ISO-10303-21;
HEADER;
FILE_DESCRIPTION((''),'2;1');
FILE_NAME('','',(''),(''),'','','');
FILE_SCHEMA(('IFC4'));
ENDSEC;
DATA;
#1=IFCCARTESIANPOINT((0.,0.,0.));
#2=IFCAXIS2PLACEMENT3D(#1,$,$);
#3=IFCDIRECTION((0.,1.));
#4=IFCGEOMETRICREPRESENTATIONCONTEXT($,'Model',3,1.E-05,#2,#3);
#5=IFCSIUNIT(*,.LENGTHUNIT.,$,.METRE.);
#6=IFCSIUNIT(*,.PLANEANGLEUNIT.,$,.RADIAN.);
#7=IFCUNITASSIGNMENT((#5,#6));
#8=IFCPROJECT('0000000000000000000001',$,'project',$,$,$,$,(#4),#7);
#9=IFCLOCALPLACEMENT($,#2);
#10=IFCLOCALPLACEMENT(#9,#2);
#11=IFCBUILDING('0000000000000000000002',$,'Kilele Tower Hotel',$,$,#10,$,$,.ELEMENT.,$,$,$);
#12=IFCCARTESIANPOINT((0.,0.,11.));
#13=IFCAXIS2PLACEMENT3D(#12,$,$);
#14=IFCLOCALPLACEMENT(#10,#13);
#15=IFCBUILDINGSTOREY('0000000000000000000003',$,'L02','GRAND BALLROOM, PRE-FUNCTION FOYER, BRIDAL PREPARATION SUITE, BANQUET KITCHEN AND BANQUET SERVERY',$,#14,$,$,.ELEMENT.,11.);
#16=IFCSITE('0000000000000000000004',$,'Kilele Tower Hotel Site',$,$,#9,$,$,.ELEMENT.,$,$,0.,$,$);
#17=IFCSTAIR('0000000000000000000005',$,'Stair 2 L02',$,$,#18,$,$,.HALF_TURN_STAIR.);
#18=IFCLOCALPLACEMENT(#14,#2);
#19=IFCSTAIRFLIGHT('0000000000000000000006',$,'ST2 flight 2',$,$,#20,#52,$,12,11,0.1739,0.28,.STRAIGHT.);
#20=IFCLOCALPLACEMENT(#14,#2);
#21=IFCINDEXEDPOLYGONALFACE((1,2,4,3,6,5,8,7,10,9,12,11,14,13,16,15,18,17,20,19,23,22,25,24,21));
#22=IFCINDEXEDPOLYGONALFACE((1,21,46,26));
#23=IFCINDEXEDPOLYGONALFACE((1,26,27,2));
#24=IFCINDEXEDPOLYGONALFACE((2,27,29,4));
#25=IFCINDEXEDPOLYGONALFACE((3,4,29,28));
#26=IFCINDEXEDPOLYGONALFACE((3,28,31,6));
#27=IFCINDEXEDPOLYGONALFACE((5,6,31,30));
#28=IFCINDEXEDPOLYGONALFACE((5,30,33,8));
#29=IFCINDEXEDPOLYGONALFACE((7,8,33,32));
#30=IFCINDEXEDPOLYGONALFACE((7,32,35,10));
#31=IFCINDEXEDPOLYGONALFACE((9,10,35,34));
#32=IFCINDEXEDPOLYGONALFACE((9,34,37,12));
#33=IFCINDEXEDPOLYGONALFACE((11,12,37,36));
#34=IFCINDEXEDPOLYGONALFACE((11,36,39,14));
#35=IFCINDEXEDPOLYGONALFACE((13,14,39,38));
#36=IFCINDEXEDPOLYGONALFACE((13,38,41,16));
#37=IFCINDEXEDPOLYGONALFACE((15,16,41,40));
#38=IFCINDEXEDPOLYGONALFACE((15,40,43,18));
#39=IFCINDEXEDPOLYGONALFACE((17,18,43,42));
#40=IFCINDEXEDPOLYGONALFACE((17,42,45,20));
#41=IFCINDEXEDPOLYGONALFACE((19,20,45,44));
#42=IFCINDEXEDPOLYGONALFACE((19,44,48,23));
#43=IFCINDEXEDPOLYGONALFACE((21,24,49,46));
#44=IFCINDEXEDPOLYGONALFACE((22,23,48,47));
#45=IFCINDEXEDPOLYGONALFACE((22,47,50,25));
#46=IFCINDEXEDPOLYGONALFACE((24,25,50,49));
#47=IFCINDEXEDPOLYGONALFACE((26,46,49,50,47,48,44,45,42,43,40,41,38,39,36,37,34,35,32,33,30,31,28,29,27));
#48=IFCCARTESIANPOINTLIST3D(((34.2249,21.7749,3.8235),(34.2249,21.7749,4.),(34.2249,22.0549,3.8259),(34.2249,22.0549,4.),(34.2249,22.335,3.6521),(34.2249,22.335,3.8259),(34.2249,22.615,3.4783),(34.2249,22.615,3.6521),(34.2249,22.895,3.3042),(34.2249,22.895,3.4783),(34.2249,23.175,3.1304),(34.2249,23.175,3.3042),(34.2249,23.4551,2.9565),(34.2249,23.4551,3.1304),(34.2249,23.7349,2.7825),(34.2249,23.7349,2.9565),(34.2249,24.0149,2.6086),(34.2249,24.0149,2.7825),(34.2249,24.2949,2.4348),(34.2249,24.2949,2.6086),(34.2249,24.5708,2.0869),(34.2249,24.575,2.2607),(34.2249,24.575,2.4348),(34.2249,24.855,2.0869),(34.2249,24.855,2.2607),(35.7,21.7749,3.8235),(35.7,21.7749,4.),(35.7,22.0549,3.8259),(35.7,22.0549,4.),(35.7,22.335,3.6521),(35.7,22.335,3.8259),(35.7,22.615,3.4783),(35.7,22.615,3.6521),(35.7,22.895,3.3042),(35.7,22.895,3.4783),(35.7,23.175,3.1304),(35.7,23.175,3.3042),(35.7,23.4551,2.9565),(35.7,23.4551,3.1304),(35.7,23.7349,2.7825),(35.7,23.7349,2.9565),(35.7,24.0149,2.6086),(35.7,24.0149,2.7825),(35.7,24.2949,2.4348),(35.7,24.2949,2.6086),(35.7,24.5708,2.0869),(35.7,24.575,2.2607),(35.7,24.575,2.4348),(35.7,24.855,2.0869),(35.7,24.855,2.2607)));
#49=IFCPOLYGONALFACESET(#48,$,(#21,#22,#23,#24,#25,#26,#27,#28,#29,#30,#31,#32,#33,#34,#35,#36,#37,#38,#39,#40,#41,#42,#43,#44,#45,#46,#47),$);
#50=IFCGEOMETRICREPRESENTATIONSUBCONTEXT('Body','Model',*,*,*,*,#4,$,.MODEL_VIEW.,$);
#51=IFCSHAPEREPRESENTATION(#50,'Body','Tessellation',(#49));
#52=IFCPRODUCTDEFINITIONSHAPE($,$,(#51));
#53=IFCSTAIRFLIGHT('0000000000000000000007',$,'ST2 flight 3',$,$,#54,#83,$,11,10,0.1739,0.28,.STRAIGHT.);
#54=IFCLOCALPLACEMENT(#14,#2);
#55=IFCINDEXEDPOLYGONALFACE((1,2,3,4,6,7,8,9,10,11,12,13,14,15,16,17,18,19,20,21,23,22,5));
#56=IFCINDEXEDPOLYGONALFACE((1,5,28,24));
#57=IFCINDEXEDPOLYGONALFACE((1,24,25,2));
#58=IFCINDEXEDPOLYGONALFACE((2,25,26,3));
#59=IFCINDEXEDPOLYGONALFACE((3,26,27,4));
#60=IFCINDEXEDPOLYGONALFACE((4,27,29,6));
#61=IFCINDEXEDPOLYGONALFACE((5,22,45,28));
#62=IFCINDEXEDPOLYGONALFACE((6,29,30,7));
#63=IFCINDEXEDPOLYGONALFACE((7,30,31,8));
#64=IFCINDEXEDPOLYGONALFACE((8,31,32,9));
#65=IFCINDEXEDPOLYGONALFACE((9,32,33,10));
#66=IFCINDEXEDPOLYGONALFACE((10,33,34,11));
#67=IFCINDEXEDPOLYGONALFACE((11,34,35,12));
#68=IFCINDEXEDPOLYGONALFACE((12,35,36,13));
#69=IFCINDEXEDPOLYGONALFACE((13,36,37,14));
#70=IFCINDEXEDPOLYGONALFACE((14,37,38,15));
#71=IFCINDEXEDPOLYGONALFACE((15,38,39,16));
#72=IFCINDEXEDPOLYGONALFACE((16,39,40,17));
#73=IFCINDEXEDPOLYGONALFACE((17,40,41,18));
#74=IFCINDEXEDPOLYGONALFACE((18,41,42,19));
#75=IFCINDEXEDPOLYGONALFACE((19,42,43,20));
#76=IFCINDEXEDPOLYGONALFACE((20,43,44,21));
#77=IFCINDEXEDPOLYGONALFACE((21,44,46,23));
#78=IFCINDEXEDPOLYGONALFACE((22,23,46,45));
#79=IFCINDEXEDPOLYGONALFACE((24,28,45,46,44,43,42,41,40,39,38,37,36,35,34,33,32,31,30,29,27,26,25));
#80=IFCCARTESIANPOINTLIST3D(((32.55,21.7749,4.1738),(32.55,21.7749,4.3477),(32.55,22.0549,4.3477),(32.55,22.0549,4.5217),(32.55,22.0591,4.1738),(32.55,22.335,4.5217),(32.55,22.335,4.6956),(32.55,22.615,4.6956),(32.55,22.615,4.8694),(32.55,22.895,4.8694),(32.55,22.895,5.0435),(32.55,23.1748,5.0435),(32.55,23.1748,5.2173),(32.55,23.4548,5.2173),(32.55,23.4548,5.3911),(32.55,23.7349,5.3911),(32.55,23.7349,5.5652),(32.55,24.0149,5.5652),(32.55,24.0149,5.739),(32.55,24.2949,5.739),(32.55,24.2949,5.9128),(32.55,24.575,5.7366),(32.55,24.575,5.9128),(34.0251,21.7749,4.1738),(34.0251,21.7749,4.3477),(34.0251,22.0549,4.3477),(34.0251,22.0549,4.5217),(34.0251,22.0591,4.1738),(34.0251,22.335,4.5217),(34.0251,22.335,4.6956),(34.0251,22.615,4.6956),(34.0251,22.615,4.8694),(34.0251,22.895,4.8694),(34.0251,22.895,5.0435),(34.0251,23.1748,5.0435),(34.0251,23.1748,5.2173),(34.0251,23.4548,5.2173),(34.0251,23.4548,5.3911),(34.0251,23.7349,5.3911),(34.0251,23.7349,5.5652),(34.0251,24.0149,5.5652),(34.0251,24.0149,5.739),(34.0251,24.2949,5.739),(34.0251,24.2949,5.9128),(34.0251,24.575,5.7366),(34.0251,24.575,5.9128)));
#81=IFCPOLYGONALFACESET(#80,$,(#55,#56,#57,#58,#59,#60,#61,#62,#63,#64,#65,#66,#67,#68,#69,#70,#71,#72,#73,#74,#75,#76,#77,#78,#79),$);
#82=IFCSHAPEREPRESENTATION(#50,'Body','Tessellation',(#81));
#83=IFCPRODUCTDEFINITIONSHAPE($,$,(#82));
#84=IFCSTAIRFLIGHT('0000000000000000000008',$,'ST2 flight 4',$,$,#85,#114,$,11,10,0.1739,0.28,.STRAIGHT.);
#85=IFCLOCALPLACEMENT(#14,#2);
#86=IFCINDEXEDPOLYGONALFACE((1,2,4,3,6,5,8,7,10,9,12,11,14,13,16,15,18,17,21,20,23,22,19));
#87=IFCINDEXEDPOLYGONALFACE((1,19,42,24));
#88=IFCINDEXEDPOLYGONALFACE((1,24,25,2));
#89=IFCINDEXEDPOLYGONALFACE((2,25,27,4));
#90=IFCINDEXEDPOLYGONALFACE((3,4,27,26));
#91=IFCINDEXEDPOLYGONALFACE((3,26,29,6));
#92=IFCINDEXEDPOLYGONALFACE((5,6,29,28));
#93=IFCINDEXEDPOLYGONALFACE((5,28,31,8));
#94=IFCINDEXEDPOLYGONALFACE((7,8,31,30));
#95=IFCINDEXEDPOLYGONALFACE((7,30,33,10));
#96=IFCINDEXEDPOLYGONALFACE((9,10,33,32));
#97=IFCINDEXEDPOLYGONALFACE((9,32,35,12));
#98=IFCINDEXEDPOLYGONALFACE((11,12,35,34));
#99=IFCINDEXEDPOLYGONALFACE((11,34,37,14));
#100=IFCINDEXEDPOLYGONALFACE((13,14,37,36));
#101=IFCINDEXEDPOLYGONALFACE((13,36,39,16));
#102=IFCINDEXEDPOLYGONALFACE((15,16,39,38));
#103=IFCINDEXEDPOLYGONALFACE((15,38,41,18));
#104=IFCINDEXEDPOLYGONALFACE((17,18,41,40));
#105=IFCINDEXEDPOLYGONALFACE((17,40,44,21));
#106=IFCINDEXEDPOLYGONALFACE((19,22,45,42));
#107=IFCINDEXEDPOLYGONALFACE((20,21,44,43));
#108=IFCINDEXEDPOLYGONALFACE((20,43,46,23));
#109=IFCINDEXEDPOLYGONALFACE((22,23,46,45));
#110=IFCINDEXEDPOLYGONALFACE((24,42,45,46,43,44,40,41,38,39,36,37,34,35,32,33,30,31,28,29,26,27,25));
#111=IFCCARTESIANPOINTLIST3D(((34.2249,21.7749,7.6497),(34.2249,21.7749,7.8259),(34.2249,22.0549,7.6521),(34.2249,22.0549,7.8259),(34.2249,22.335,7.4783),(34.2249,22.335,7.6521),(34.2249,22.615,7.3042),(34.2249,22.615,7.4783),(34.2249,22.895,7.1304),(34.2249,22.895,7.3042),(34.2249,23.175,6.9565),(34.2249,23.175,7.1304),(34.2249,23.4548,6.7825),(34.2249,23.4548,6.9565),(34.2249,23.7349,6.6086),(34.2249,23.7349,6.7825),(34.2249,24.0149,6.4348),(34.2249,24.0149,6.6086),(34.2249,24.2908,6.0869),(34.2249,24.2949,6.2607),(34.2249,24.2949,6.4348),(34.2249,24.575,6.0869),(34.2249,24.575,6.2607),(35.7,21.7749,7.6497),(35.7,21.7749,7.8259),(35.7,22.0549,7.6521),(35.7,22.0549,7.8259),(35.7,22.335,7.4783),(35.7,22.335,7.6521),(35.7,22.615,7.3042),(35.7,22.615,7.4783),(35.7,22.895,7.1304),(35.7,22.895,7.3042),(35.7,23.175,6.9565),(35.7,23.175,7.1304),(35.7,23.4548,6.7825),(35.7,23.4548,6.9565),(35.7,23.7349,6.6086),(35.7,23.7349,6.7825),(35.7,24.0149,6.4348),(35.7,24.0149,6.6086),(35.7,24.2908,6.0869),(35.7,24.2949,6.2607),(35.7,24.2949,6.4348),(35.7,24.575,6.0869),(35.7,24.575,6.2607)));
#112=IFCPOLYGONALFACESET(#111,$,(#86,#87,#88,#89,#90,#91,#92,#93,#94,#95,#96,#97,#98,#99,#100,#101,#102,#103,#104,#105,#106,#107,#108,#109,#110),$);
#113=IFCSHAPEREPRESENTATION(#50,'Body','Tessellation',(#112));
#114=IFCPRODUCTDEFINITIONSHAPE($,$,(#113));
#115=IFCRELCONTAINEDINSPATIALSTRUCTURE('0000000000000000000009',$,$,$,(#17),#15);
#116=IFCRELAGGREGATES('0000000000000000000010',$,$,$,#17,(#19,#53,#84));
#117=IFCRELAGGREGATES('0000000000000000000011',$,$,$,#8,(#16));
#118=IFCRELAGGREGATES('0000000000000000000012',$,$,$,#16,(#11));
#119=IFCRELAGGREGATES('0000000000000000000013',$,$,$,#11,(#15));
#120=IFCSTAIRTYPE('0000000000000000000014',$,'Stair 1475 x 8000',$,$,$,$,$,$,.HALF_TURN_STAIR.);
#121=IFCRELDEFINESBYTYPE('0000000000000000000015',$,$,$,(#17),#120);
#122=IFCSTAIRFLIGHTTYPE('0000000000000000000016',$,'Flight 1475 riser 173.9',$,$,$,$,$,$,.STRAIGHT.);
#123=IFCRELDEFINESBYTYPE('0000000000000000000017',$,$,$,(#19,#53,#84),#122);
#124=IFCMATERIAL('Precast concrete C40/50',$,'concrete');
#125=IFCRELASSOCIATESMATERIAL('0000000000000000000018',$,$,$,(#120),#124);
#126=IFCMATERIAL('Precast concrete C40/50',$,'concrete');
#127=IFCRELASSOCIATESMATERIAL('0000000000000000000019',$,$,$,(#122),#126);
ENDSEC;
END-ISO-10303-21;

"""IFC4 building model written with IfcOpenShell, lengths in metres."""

from ifc_helpers import new_model, si_unit, direction, frame, origin, place, context, subcontext, project, spatial, polyline, outline, extrude, material, type_object, element, aggregate, save


model = new_model("IFC4")

# Units and contexts
model_context = context("Model", 3, precision=1e-05, world=origin(), true_north=direction((0.0, 1.0)))
body_context = subcontext(model_context, "Body", "Model", "MODEL_VIEW")
ifc_project = project(units=[si_unit("LENGTHUNIT", "METRE"), si_unit("PLANEANGLEUNIT", "RADIAN")], contexts=[model_context])

# Site, building, storey
site_placement = place(None, origin())
site = spatial("IfcSite", under=ifc_project, at=site_placement, Name="Kilele Tower Hotel Site", CompositionType="ELEMENT", RefElevation=0.0)
building_placement = place(site_placement, origin())
building = spatial("IfcBuilding", under=site, at=building_placement, Name="Kilele Tower Hotel", CompositionType="ELEMENT")
storey_placement = place(building_placement, frame((0.0, 0.0, 11.0)))
storey = spatial("IfcBuildingStorey", under=building, at=storey_placement, Name="L02", Description="GRAND BALLROOM, PRE-FUNCTION FOYER, BRIDAL PREPARATION SUITE, BANQUET KITCHEN AND BANQUET SERVERY", CompositionType="ELEMENT", Elevation=11.0)

# Stair, stair flights
ifc_material_1 = material(Name="Precast concrete C40/50", Category="concrete")
stair_type = type_object("IfcStairType", Name="Stair 1475 x 8000", PredefinedType="HALF_TURN_STAIR", material=ifc_material_1)
stair_placement = place(storey_placement, origin())
stair = element("IfcStair", 1, at=stair_placement, inside=storey, type_object=stair_type, Name="Stair 2 L02", PredefinedType="HALF_TURN_STAIR")
ifc_material_2 = material(Name="Precast concrete C40/50", Category="concrete")
stair_flight_type = type_object("IfcStairFlightType", Name="Flight 1475 riser 173.9", PredefinedType="STRAIGHT", material=ifc_material_2)
stair_flight_1_placement = place(storey_placement, frame((34.9624, 24.855, 2.0869), z_axis=(0.0, 0.0, 1.0), x_axis=(0.0, -1.0, 0.0)))
stair_flight_1 = element("IfcStairFlight", 2, at=stair_flight_1_placement, type_object=stair_flight_type, Name="ST2 flight 2", NumberOfRisers=12, NumberOfTreads=11, PredefinedType="STRAIGHT", RiserHeight=0.1739, TreadLength=0.28, context=body_context, shape_type="SweptSolid", body=[
    extrude(outline(polyline([(0.0, 0.0), (0.0, 0.1738), (0.28, 0.1738), (0.28, 0.3479), (0.5601, 0.3479), (0.5601, 0.5217), (0.8401, 0.5217), (0.8401, 0.6956), (1.1201, 0.6956), (1.1201, 0.8696), (1.3999, 0.8696), (1.3999, 1.0435), (1.6799, 1.0435), (1.6799, 1.2173), (1.96, 1.2173), (1.96, 1.3914), (2.24, 1.3914), (2.24, 1.5652), (2.52, 1.5652), (2.52, 1.739), (2.8, 1.739), (2.8, 1.9131), (3.0801, 1.9131), (3.0801, 2.0869), (3.0801, 1.7366), (0.2842, 0.0), (0.0, 0.0)])), frame((0.0, 0.7375, 0.0), z_axis=(0.0, -1.0, 0.0), x_axis=(1.0, 0.0, 0.0)), (0.0, 0.0, 1.0), 1.4751),
])
stair_flight_2_placement = place(storey_placement, frame((33.2876, 21.7749, 4.1738), z_axis=(0.0, 0.0, 1.0), x_axis=(0.0, 1.0, 0.0)))
stair_flight_2 = element("IfcStairFlight", 3, at=stair_flight_2_placement, type_object=stair_flight_type, Name="ST2 flight 3", NumberOfRisers=11, NumberOfTreads=10, PredefinedType="STRAIGHT", RiserHeight=0.1739, TreadLength=0.28, context=body_context, shape_type="SweptSolid", body=[
    extrude(outline(polyline([(0.0, 0.0), (0.0, 0.1738), (0.28, 0.1738), (0.28, 0.3479), (0.5601, 0.3479), (0.5601, 0.5217), (0.8401, 0.5217), (0.8401, 0.6956), (1.1201, 0.6956), (1.1201, 0.8696), (1.3999, 0.8696), (1.3999, 1.0435), (1.6799, 1.0435), (1.6799, 1.2173), (1.96, 1.2173), (1.96, 1.3914), (2.24, 1.3914), (2.24, 1.5652), (2.52, 1.5652), (2.52, 1.739), (2.8, 1.739), (2.8, 1.9131), (2.8, 1.5627), (0.2842, 0.0), (0.0, 0.0)])), frame((0.0, 0.7375, 0.0), z_axis=(0.0, -1.0, 0.0), x_axis=(1.0, 0.0, 0.0)), (0.0, 0.0, 1.0), 1.4751),
])
stair_flight_3_placement = place(storey_placement, frame((34.9624, 24.575, 6.0869), z_axis=(0.0, 0.0, 1.0), x_axis=(0.0, -1.0, 0.0)))
stair_flight_3 = element("IfcStairFlight", 4, at=stair_flight_3_placement, type_object=stair_flight_type, Name="ST2 flight 4", NumberOfRisers=11, NumberOfTreads=10, PredefinedType="STRAIGHT", RiserHeight=0.1739, TreadLength=0.28, context=body_context, shape_type="SweptSolid", body=[
    extrude(outline(polyline([(0.0, 0.0), (0.0, 0.1738), (0.28, 0.1738), (0.28, 0.3479), (0.5601, 0.3479), (0.5601, 0.5217), (0.8401, 0.5217), (0.8401, 0.6956), (1.1201, 0.6956), (1.1201, 0.8696), (1.3999, 0.8696), (1.3999, 1.0435), (1.6799, 1.0435), (1.6799, 1.2173), (1.96, 1.2173), (1.96, 1.3914), (2.24, 1.3914), (2.24, 1.5652), (2.52, 1.5652), (2.52, 1.739), (2.8, 1.739), (2.8, 1.9131), (2.8, 1.5627), (0.2842, 0.0), (0.0, 0.0)])), frame((0.0, 0.7375, 0.0), z_axis=(0.0, -1.0, 0.0), x_axis=(1.0, 0.0, 0.0)), (0.0, 0.0, 1.0), 1.4751),
])
aggregate(stair, [stair_flight_1, stair_flight_2, stair_flight_3])

save(model, "model.ifc")
